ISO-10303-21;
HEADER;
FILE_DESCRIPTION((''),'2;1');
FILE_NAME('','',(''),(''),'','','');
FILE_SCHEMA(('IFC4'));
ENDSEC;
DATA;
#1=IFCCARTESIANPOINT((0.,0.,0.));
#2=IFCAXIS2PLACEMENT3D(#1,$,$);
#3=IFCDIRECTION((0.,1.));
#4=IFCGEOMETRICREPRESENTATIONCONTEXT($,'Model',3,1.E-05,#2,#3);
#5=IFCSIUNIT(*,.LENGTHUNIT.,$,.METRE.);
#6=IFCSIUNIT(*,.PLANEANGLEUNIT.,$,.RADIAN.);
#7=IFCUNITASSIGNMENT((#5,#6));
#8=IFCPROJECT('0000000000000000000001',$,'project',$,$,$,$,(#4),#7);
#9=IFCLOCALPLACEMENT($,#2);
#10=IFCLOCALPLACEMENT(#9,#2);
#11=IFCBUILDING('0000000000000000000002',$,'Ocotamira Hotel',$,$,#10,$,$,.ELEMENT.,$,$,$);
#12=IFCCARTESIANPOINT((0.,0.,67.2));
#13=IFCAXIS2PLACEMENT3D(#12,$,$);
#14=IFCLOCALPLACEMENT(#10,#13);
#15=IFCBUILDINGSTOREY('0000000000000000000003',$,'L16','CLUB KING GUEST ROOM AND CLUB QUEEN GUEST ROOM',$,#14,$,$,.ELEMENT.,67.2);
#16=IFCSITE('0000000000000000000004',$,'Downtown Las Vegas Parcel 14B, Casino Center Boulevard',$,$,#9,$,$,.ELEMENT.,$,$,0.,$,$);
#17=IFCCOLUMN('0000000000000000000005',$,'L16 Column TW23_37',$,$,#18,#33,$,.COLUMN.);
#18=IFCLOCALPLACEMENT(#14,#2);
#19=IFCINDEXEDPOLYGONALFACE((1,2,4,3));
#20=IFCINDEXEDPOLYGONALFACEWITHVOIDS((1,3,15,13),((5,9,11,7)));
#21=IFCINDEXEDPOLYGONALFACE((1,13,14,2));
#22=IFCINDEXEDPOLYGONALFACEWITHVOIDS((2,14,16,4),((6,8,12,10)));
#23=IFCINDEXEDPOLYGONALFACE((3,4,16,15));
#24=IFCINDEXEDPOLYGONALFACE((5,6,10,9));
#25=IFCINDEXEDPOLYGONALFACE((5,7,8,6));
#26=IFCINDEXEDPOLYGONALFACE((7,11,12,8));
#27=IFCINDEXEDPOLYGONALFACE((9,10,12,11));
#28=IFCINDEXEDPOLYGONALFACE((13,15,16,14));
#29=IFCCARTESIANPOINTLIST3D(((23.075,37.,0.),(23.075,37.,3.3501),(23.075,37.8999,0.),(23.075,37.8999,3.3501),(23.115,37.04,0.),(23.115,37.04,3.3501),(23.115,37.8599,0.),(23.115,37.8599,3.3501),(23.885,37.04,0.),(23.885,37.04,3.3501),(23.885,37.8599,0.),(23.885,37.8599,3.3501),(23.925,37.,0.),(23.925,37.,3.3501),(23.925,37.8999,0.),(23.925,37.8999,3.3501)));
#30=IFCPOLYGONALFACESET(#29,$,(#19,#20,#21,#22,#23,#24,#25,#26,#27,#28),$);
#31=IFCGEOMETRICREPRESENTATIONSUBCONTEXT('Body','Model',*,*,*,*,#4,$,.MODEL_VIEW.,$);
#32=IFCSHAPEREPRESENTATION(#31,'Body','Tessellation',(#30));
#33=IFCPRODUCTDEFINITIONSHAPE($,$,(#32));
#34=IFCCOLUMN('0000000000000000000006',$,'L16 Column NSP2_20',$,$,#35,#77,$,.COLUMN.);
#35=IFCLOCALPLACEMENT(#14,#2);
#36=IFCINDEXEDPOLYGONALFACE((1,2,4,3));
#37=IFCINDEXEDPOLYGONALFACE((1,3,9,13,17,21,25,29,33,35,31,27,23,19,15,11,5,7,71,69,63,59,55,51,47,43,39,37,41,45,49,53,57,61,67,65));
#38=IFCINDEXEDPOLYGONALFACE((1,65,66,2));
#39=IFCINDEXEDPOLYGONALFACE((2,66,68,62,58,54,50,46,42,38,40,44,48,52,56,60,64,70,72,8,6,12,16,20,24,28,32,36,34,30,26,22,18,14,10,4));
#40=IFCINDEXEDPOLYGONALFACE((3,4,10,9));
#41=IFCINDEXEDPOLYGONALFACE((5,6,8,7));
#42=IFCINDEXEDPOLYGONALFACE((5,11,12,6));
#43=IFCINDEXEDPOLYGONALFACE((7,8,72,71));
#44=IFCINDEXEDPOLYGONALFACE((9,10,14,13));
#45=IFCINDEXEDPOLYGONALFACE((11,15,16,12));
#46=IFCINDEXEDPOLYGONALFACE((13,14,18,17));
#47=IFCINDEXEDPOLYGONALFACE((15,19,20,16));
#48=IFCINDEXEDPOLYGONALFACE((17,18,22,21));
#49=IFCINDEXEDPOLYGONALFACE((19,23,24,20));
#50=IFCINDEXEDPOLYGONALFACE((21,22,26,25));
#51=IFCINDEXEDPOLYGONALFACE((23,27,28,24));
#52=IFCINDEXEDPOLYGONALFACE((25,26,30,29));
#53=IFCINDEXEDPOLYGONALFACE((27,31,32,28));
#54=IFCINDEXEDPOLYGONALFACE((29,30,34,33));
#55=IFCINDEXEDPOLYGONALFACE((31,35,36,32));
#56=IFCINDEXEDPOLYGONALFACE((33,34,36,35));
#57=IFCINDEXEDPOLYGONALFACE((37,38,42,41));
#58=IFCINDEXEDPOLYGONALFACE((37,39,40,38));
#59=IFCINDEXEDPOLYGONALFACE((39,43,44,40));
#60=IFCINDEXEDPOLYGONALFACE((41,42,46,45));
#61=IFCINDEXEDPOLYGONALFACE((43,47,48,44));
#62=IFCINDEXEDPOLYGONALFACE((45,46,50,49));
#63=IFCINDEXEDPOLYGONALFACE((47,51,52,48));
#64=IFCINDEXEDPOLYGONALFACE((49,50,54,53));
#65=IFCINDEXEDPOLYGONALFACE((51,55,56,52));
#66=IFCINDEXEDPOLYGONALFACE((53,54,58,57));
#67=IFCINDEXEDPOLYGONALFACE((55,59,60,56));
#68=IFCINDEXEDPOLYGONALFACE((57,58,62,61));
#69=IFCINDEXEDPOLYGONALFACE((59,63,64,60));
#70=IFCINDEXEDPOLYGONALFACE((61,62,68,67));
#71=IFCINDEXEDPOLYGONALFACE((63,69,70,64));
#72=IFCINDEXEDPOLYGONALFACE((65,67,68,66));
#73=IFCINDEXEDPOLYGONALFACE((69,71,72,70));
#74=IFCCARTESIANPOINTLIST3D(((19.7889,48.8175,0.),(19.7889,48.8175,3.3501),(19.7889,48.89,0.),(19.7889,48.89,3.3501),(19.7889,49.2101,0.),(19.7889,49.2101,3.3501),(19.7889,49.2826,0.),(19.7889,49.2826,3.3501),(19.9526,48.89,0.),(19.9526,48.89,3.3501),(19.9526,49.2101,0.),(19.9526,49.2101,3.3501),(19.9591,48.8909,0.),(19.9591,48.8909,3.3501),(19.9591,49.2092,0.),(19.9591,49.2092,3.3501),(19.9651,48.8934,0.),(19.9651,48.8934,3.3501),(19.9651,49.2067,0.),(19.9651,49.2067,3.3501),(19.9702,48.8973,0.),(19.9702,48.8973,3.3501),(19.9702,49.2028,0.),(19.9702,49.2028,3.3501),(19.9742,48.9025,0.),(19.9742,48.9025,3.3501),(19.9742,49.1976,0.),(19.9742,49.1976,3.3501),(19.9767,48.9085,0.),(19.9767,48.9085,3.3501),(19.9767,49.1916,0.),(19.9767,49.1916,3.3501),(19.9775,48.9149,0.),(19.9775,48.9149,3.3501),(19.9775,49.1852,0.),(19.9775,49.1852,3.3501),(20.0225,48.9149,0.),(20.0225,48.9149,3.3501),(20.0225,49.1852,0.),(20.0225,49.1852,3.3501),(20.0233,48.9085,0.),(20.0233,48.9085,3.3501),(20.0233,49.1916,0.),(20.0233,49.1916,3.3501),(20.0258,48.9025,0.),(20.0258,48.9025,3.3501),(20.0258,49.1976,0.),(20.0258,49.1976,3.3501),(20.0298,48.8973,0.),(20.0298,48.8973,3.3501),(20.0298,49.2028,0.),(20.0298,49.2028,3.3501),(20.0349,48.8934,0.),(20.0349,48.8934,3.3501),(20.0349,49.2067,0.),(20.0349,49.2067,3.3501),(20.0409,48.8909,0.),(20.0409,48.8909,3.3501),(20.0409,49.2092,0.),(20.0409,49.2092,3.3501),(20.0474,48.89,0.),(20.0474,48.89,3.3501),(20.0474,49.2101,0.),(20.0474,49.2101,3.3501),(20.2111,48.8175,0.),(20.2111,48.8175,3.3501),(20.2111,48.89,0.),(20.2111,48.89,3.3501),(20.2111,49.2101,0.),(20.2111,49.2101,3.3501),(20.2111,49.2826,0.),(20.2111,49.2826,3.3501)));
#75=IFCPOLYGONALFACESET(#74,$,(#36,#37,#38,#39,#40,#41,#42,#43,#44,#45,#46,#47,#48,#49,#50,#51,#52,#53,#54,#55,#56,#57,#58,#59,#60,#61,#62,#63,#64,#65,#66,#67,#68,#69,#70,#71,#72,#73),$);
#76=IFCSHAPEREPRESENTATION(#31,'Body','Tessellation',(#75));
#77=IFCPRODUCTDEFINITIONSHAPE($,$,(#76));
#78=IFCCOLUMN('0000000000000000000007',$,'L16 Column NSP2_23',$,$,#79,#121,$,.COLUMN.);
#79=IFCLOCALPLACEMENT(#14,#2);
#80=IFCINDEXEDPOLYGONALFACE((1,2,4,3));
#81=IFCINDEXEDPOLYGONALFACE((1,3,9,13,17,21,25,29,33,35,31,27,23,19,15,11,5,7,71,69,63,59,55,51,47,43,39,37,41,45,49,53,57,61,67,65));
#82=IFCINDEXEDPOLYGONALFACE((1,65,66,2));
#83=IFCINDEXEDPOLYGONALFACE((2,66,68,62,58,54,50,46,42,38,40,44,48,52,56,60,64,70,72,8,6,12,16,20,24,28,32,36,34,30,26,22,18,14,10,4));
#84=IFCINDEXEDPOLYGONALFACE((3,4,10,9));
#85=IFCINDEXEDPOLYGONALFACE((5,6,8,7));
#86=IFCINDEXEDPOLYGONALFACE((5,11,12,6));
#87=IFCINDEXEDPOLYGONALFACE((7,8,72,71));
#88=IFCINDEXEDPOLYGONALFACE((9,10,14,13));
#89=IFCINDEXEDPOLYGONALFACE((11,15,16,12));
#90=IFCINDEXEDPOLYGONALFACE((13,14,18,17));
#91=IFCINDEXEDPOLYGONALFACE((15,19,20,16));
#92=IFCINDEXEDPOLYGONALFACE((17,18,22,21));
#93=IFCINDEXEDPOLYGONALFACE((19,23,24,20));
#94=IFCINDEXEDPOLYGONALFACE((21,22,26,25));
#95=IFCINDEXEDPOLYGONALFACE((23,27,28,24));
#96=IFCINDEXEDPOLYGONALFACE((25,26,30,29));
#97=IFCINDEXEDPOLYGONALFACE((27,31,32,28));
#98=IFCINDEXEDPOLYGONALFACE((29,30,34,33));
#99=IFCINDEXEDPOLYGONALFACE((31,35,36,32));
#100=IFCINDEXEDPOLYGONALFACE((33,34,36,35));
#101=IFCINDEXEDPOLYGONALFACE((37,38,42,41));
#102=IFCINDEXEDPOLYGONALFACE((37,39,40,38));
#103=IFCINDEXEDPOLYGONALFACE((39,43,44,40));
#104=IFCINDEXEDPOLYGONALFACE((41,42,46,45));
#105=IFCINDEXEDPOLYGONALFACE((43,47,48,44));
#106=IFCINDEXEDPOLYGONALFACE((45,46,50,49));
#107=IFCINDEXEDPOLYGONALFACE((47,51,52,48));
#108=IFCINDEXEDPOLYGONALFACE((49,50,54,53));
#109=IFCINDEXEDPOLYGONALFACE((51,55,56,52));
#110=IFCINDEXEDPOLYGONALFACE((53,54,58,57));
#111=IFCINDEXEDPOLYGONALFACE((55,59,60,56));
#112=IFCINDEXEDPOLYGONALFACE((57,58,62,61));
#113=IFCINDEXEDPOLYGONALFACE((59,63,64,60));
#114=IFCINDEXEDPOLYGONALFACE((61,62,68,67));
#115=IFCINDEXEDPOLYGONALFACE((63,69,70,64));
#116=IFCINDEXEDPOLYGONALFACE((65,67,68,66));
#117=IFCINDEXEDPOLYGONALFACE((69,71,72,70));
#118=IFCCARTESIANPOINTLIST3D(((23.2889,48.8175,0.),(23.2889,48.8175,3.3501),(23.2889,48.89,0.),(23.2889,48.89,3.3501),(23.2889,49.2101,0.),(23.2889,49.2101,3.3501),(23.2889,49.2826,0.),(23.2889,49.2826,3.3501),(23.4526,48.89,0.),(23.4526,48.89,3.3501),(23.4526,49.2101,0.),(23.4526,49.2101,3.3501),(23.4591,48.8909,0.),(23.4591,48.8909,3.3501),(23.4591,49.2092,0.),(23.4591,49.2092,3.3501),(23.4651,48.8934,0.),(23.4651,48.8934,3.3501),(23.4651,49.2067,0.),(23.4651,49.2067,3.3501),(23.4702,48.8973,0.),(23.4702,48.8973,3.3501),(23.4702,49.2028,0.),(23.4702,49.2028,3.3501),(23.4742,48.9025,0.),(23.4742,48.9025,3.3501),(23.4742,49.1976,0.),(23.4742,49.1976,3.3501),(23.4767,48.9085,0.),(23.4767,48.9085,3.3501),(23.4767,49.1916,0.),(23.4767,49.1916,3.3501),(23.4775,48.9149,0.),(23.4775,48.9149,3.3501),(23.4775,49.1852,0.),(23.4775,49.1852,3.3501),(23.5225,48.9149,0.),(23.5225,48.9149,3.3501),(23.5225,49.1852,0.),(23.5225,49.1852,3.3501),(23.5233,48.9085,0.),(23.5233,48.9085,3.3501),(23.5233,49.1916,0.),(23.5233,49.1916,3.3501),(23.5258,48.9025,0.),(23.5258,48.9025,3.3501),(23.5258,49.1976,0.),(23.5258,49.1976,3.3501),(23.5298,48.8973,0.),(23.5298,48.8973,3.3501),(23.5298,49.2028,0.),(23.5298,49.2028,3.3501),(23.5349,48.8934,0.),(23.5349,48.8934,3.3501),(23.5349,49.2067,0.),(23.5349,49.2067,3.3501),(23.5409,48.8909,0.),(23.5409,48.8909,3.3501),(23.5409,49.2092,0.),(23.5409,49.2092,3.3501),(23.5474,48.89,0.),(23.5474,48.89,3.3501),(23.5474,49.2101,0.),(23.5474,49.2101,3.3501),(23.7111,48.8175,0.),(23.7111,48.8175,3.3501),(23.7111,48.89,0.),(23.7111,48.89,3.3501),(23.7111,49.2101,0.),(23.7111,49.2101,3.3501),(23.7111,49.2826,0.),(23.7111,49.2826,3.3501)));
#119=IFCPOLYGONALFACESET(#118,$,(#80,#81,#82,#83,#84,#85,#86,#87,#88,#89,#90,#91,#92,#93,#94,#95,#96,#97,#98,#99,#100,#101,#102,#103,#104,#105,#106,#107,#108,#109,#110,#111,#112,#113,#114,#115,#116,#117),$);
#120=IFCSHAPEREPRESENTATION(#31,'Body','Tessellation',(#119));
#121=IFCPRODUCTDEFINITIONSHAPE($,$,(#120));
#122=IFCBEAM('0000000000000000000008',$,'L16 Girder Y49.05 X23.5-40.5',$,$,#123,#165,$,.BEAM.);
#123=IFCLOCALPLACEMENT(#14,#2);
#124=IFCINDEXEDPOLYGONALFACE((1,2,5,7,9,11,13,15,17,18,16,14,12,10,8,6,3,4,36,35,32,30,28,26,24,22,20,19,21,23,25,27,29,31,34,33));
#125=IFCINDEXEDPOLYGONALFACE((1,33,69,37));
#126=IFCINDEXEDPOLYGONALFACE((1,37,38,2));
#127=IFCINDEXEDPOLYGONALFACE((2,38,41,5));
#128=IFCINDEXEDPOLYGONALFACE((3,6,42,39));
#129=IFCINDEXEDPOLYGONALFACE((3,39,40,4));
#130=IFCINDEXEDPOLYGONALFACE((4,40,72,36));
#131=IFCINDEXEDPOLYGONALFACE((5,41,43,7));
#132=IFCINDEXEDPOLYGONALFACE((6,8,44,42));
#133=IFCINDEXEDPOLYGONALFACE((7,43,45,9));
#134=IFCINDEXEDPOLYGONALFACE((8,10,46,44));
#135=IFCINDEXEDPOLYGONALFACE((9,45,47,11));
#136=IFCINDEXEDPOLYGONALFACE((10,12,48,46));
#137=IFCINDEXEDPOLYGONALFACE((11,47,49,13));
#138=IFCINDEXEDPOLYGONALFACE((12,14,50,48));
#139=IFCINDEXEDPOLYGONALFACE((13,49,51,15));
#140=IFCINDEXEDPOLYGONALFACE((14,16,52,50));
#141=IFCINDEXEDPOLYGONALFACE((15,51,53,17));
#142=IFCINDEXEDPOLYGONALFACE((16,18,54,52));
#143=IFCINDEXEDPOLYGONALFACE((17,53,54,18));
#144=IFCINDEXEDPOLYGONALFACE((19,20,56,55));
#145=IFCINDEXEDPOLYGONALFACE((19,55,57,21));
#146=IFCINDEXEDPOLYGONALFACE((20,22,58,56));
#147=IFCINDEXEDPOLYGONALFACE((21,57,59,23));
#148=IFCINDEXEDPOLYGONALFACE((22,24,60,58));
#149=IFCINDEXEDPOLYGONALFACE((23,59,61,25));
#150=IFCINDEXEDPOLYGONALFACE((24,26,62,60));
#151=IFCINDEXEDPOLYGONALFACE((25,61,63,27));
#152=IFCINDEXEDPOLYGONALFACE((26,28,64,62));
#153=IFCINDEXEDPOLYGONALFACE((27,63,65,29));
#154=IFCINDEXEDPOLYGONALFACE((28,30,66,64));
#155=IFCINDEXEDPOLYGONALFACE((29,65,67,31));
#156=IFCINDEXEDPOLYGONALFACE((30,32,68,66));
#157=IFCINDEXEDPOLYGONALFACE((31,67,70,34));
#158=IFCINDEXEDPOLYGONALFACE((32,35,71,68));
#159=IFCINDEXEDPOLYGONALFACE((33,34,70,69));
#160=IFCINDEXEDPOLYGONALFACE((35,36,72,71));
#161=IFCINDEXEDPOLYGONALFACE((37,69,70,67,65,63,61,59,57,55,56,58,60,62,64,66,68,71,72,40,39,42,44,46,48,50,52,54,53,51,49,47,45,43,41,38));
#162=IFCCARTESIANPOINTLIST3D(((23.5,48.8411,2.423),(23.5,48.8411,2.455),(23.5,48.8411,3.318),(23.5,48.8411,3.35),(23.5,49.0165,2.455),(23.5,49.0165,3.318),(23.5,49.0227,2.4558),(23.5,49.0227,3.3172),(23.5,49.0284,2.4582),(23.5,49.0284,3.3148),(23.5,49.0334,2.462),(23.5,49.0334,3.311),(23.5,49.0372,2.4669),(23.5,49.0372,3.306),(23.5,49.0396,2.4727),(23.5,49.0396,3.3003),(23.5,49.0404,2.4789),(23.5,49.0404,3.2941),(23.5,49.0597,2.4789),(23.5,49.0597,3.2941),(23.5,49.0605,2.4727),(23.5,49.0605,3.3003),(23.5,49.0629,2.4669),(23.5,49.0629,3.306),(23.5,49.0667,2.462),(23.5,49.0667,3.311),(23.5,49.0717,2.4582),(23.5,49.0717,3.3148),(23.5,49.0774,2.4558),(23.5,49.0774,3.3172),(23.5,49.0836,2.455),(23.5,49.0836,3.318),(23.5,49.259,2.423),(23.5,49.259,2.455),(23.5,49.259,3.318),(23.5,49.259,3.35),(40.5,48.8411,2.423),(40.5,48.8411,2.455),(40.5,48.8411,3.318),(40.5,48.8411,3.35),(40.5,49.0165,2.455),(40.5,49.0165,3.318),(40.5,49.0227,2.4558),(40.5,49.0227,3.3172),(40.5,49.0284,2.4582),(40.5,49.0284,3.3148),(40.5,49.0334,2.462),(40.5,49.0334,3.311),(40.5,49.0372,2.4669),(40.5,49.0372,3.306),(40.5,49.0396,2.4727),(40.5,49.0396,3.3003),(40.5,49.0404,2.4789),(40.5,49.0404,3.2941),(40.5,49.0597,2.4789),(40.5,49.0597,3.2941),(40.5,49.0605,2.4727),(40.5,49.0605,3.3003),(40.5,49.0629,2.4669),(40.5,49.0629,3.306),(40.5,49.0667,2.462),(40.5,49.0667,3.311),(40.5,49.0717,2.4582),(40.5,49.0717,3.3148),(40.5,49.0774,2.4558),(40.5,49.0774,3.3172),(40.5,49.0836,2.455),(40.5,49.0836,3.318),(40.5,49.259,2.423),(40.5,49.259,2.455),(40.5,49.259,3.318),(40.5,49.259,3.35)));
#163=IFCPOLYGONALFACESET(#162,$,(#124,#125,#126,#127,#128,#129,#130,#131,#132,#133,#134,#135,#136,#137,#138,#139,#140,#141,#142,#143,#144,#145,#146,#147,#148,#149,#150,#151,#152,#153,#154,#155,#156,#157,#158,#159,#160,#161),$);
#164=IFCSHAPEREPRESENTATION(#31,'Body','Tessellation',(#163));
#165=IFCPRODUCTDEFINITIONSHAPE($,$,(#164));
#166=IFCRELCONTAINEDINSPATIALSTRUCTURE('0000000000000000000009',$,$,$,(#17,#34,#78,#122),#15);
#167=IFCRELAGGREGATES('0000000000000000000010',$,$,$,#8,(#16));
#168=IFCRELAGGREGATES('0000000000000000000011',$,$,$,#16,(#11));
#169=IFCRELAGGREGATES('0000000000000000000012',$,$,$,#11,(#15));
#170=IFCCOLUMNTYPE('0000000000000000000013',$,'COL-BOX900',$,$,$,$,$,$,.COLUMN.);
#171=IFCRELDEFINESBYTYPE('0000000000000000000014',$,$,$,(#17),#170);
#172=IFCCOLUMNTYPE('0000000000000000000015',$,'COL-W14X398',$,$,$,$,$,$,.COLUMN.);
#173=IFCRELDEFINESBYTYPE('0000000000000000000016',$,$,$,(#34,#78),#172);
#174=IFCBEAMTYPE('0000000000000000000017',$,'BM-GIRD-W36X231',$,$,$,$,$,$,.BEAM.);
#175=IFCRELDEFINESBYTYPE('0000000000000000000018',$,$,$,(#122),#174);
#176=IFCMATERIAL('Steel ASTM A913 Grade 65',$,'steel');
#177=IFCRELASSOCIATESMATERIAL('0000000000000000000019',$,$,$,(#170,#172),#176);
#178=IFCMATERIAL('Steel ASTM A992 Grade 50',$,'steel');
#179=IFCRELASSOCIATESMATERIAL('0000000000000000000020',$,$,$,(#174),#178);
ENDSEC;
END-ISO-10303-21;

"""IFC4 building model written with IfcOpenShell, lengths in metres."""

from ifc_helpers import new_model, si_unit, direction, frame, origin, origin_2d, place, context, subcontext, project, spatial, hollow_rectangle, i_section, extrude, source, transform, mapped, material, material_profile, profile_set, type_object, element, save


model = new_model("IFC4")

# Units and contexts
model_context = context("Model", 3, precision=1e-05, world=origin(), true_north=direction((0.0, 1.0)))
body_context = subcontext(model_context, "Body", "Model", "MODEL_VIEW")
ifc_project = project(units=[si_unit("LENGTHUNIT", "METRE"), si_unit("PLANEANGLEUNIT", "RADIAN")], contexts=[model_context])

# Site, building, storey
site_placement = place(None, origin())
site = spatial("IfcSite", under=ifc_project, at=site_placement, Name="Downtown Las Vegas Parcel 14B, Casino Center Boulevard", CompositionType="ELEMENT", RefElevation=0.0)
building_placement = place(site_placement, origin())
building = spatial("IfcBuilding", under=site, at=building_placement, Name="Ocotamira Hotel", CompositionType="ELEMENT")
storey_placement = place(building_placement, frame((0.0, 0.0, 67.2)))
storey = spatial("IfcBuildingStorey", under=building, at=storey_placement, Name="L16", Description="CLUB KING GUEST ROOM AND CLUB QUEEN GUEST ROOM", CompositionType="ELEMENT", Elevation=67.2)

# Columns
ifc_material_1 = material(Name="Steel ASTM A913 Grade 65", Category="steel")
ifc_material_profile_1 = material_profile(ifc_material_1, hollow_rectangle(XDim=0.8501, YDim=0.8999, WallThickness=0.04, at=origin_2d()), Name="BOX900X850X40")
ifc_profile_set_1 = profile_set([ifc_material_profile_1], Name="Steel ASTM A913 Grade 65")
column_type_1 = type_object("IfcColumnType", Name="COL-BOX900", PredefinedType="COLUMN", material=ifc_profile_set_1)
shared_shape_1 = source(origin(), body_context, "Body", "SweptSolid", [
    extrude(hollow_rectangle(XDim=0.8501, YDim=0.8999, WallThickness=0.04, at=origin_2d()), origin(), (0.0, 0.0, 1.0), 3.3501),
])
column_placement = place(storey_placement, frame((23.5, 37.45, 0.0), z_axis=(0.0, 0.0, 1.0), x_axis=(1.0, 0.0, 0.0)))
element("IfcColumn", 1, at=column_placement, inside=storey, type_object=column_type_1, Name="L16 Column TW23_37", PredefinedType="COLUMN", context=body_context, shape_type="MappedRepresentation", body=[
    mapped(shared_shape_1, transform((0.0, 0.0, 0.0), scale=1.0)),
])
ifc_material_profile_2 = material_profile(ifc_material_1, i_section(OverallWidth=0.4221, OverallDepth=0.4651, WebThickness=0.0449, FlangeThickness=0.0725, FilletRadius=0.0249, at=origin_2d()), Name="W14X398")
ifc_profile_set_2 = profile_set([ifc_material_profile_2], Name="Steel ASTM A913 Grade 65")
column_type_2 = type_object("IfcColumnType", Name="COL-W14X398", PredefinedType="COLUMN", material=ifc_profile_set_2)
shared_shape_2 = source(origin(), body_context, "Body", "SweptSolid", [
    extrude(i_section(OverallWidth=0.4221, OverallDepth=0.4651, WebThickness=0.0449, FlangeThickness=0.0725, FilletRadius=0.0249, at=origin_2d()), origin(), (0.0, 0.0, 1.0), 3.3501),
])
for number, where, z_axis, x_axis, name in (
    (2, (20.0, 49.05, 0.0), (0.0, 0.0, 1.0), (1.0, 0.0, 0.0), "L16 Column NSP2_20"),
    (3, (23.5, 49.05, 0.0), (0.0, 0.0, 1.0), (1.0, 0.0, 0.0), "L16 Column NSP2_23"),
):
    element("IfcColumn", number, at=place(storey_placement, frame(where, z_axis=z_axis, x_axis=x_axis)), inside=storey, type_object=column_type_2, Name=name, PredefinedType="COLUMN", context=body_context, shape_type="MappedRepresentation", body=[
        mapped(shared_shape_2, transform((0.0, 0.0, 0.0), scale=1.0)),
    ])

# Beam
ifc_material_2 = material(Name="Steel ASTM A992 Grade 50", Category="steel")
ifc_material_profile_3 = material_profile(ifc_material_2, i_section(OverallWidth=0.418, OverallDepth=0.927, WebThickness=0.0193, FlangeThickness=0.032, FilletRadius=0.0239, at=origin_2d()), Name="W36X231")
ifc_profile_set_3 = profile_set([ifc_material_profile_3], Name="Steel ASTM A992 Grade 50")
beam_type_1 = type_object("IfcBeamType", Name="BM-GIRD-W36X231", PredefinedType="BEAM", material=ifc_profile_set_3)
shared_shape_3 = source(origin(), body_context, "Body", "SweptSolid", [
    extrude(i_section(OverallWidth=0.418, OverallDepth=0.927, WebThickness=0.0193, FlangeThickness=0.032, FilletRadius=0.0239, at=origin_2d()), origin(), (0.0, 0.0, 1.0), 17.0),
])
beam_1_placement = place(storey_placement, frame((23.5, 49.05, 2.8865), z_axis=(1.0, 0.0, 0.0), x_axis=(0.0, 1.0, 0.0)))
element("IfcBeam", 4, at=beam_1_placement, inside=storey, type_object=beam_type_1, Name="L16 Girder Y49.05 X23.5-40.5", PredefinedType="BEAM", context=body_context, shape_type="MappedRepresentation", body=[
    mapped(shared_shape_3, transform((0.0, 0.0, 0.0), scale=1.0)),
])

save(model, "model.ifc")
